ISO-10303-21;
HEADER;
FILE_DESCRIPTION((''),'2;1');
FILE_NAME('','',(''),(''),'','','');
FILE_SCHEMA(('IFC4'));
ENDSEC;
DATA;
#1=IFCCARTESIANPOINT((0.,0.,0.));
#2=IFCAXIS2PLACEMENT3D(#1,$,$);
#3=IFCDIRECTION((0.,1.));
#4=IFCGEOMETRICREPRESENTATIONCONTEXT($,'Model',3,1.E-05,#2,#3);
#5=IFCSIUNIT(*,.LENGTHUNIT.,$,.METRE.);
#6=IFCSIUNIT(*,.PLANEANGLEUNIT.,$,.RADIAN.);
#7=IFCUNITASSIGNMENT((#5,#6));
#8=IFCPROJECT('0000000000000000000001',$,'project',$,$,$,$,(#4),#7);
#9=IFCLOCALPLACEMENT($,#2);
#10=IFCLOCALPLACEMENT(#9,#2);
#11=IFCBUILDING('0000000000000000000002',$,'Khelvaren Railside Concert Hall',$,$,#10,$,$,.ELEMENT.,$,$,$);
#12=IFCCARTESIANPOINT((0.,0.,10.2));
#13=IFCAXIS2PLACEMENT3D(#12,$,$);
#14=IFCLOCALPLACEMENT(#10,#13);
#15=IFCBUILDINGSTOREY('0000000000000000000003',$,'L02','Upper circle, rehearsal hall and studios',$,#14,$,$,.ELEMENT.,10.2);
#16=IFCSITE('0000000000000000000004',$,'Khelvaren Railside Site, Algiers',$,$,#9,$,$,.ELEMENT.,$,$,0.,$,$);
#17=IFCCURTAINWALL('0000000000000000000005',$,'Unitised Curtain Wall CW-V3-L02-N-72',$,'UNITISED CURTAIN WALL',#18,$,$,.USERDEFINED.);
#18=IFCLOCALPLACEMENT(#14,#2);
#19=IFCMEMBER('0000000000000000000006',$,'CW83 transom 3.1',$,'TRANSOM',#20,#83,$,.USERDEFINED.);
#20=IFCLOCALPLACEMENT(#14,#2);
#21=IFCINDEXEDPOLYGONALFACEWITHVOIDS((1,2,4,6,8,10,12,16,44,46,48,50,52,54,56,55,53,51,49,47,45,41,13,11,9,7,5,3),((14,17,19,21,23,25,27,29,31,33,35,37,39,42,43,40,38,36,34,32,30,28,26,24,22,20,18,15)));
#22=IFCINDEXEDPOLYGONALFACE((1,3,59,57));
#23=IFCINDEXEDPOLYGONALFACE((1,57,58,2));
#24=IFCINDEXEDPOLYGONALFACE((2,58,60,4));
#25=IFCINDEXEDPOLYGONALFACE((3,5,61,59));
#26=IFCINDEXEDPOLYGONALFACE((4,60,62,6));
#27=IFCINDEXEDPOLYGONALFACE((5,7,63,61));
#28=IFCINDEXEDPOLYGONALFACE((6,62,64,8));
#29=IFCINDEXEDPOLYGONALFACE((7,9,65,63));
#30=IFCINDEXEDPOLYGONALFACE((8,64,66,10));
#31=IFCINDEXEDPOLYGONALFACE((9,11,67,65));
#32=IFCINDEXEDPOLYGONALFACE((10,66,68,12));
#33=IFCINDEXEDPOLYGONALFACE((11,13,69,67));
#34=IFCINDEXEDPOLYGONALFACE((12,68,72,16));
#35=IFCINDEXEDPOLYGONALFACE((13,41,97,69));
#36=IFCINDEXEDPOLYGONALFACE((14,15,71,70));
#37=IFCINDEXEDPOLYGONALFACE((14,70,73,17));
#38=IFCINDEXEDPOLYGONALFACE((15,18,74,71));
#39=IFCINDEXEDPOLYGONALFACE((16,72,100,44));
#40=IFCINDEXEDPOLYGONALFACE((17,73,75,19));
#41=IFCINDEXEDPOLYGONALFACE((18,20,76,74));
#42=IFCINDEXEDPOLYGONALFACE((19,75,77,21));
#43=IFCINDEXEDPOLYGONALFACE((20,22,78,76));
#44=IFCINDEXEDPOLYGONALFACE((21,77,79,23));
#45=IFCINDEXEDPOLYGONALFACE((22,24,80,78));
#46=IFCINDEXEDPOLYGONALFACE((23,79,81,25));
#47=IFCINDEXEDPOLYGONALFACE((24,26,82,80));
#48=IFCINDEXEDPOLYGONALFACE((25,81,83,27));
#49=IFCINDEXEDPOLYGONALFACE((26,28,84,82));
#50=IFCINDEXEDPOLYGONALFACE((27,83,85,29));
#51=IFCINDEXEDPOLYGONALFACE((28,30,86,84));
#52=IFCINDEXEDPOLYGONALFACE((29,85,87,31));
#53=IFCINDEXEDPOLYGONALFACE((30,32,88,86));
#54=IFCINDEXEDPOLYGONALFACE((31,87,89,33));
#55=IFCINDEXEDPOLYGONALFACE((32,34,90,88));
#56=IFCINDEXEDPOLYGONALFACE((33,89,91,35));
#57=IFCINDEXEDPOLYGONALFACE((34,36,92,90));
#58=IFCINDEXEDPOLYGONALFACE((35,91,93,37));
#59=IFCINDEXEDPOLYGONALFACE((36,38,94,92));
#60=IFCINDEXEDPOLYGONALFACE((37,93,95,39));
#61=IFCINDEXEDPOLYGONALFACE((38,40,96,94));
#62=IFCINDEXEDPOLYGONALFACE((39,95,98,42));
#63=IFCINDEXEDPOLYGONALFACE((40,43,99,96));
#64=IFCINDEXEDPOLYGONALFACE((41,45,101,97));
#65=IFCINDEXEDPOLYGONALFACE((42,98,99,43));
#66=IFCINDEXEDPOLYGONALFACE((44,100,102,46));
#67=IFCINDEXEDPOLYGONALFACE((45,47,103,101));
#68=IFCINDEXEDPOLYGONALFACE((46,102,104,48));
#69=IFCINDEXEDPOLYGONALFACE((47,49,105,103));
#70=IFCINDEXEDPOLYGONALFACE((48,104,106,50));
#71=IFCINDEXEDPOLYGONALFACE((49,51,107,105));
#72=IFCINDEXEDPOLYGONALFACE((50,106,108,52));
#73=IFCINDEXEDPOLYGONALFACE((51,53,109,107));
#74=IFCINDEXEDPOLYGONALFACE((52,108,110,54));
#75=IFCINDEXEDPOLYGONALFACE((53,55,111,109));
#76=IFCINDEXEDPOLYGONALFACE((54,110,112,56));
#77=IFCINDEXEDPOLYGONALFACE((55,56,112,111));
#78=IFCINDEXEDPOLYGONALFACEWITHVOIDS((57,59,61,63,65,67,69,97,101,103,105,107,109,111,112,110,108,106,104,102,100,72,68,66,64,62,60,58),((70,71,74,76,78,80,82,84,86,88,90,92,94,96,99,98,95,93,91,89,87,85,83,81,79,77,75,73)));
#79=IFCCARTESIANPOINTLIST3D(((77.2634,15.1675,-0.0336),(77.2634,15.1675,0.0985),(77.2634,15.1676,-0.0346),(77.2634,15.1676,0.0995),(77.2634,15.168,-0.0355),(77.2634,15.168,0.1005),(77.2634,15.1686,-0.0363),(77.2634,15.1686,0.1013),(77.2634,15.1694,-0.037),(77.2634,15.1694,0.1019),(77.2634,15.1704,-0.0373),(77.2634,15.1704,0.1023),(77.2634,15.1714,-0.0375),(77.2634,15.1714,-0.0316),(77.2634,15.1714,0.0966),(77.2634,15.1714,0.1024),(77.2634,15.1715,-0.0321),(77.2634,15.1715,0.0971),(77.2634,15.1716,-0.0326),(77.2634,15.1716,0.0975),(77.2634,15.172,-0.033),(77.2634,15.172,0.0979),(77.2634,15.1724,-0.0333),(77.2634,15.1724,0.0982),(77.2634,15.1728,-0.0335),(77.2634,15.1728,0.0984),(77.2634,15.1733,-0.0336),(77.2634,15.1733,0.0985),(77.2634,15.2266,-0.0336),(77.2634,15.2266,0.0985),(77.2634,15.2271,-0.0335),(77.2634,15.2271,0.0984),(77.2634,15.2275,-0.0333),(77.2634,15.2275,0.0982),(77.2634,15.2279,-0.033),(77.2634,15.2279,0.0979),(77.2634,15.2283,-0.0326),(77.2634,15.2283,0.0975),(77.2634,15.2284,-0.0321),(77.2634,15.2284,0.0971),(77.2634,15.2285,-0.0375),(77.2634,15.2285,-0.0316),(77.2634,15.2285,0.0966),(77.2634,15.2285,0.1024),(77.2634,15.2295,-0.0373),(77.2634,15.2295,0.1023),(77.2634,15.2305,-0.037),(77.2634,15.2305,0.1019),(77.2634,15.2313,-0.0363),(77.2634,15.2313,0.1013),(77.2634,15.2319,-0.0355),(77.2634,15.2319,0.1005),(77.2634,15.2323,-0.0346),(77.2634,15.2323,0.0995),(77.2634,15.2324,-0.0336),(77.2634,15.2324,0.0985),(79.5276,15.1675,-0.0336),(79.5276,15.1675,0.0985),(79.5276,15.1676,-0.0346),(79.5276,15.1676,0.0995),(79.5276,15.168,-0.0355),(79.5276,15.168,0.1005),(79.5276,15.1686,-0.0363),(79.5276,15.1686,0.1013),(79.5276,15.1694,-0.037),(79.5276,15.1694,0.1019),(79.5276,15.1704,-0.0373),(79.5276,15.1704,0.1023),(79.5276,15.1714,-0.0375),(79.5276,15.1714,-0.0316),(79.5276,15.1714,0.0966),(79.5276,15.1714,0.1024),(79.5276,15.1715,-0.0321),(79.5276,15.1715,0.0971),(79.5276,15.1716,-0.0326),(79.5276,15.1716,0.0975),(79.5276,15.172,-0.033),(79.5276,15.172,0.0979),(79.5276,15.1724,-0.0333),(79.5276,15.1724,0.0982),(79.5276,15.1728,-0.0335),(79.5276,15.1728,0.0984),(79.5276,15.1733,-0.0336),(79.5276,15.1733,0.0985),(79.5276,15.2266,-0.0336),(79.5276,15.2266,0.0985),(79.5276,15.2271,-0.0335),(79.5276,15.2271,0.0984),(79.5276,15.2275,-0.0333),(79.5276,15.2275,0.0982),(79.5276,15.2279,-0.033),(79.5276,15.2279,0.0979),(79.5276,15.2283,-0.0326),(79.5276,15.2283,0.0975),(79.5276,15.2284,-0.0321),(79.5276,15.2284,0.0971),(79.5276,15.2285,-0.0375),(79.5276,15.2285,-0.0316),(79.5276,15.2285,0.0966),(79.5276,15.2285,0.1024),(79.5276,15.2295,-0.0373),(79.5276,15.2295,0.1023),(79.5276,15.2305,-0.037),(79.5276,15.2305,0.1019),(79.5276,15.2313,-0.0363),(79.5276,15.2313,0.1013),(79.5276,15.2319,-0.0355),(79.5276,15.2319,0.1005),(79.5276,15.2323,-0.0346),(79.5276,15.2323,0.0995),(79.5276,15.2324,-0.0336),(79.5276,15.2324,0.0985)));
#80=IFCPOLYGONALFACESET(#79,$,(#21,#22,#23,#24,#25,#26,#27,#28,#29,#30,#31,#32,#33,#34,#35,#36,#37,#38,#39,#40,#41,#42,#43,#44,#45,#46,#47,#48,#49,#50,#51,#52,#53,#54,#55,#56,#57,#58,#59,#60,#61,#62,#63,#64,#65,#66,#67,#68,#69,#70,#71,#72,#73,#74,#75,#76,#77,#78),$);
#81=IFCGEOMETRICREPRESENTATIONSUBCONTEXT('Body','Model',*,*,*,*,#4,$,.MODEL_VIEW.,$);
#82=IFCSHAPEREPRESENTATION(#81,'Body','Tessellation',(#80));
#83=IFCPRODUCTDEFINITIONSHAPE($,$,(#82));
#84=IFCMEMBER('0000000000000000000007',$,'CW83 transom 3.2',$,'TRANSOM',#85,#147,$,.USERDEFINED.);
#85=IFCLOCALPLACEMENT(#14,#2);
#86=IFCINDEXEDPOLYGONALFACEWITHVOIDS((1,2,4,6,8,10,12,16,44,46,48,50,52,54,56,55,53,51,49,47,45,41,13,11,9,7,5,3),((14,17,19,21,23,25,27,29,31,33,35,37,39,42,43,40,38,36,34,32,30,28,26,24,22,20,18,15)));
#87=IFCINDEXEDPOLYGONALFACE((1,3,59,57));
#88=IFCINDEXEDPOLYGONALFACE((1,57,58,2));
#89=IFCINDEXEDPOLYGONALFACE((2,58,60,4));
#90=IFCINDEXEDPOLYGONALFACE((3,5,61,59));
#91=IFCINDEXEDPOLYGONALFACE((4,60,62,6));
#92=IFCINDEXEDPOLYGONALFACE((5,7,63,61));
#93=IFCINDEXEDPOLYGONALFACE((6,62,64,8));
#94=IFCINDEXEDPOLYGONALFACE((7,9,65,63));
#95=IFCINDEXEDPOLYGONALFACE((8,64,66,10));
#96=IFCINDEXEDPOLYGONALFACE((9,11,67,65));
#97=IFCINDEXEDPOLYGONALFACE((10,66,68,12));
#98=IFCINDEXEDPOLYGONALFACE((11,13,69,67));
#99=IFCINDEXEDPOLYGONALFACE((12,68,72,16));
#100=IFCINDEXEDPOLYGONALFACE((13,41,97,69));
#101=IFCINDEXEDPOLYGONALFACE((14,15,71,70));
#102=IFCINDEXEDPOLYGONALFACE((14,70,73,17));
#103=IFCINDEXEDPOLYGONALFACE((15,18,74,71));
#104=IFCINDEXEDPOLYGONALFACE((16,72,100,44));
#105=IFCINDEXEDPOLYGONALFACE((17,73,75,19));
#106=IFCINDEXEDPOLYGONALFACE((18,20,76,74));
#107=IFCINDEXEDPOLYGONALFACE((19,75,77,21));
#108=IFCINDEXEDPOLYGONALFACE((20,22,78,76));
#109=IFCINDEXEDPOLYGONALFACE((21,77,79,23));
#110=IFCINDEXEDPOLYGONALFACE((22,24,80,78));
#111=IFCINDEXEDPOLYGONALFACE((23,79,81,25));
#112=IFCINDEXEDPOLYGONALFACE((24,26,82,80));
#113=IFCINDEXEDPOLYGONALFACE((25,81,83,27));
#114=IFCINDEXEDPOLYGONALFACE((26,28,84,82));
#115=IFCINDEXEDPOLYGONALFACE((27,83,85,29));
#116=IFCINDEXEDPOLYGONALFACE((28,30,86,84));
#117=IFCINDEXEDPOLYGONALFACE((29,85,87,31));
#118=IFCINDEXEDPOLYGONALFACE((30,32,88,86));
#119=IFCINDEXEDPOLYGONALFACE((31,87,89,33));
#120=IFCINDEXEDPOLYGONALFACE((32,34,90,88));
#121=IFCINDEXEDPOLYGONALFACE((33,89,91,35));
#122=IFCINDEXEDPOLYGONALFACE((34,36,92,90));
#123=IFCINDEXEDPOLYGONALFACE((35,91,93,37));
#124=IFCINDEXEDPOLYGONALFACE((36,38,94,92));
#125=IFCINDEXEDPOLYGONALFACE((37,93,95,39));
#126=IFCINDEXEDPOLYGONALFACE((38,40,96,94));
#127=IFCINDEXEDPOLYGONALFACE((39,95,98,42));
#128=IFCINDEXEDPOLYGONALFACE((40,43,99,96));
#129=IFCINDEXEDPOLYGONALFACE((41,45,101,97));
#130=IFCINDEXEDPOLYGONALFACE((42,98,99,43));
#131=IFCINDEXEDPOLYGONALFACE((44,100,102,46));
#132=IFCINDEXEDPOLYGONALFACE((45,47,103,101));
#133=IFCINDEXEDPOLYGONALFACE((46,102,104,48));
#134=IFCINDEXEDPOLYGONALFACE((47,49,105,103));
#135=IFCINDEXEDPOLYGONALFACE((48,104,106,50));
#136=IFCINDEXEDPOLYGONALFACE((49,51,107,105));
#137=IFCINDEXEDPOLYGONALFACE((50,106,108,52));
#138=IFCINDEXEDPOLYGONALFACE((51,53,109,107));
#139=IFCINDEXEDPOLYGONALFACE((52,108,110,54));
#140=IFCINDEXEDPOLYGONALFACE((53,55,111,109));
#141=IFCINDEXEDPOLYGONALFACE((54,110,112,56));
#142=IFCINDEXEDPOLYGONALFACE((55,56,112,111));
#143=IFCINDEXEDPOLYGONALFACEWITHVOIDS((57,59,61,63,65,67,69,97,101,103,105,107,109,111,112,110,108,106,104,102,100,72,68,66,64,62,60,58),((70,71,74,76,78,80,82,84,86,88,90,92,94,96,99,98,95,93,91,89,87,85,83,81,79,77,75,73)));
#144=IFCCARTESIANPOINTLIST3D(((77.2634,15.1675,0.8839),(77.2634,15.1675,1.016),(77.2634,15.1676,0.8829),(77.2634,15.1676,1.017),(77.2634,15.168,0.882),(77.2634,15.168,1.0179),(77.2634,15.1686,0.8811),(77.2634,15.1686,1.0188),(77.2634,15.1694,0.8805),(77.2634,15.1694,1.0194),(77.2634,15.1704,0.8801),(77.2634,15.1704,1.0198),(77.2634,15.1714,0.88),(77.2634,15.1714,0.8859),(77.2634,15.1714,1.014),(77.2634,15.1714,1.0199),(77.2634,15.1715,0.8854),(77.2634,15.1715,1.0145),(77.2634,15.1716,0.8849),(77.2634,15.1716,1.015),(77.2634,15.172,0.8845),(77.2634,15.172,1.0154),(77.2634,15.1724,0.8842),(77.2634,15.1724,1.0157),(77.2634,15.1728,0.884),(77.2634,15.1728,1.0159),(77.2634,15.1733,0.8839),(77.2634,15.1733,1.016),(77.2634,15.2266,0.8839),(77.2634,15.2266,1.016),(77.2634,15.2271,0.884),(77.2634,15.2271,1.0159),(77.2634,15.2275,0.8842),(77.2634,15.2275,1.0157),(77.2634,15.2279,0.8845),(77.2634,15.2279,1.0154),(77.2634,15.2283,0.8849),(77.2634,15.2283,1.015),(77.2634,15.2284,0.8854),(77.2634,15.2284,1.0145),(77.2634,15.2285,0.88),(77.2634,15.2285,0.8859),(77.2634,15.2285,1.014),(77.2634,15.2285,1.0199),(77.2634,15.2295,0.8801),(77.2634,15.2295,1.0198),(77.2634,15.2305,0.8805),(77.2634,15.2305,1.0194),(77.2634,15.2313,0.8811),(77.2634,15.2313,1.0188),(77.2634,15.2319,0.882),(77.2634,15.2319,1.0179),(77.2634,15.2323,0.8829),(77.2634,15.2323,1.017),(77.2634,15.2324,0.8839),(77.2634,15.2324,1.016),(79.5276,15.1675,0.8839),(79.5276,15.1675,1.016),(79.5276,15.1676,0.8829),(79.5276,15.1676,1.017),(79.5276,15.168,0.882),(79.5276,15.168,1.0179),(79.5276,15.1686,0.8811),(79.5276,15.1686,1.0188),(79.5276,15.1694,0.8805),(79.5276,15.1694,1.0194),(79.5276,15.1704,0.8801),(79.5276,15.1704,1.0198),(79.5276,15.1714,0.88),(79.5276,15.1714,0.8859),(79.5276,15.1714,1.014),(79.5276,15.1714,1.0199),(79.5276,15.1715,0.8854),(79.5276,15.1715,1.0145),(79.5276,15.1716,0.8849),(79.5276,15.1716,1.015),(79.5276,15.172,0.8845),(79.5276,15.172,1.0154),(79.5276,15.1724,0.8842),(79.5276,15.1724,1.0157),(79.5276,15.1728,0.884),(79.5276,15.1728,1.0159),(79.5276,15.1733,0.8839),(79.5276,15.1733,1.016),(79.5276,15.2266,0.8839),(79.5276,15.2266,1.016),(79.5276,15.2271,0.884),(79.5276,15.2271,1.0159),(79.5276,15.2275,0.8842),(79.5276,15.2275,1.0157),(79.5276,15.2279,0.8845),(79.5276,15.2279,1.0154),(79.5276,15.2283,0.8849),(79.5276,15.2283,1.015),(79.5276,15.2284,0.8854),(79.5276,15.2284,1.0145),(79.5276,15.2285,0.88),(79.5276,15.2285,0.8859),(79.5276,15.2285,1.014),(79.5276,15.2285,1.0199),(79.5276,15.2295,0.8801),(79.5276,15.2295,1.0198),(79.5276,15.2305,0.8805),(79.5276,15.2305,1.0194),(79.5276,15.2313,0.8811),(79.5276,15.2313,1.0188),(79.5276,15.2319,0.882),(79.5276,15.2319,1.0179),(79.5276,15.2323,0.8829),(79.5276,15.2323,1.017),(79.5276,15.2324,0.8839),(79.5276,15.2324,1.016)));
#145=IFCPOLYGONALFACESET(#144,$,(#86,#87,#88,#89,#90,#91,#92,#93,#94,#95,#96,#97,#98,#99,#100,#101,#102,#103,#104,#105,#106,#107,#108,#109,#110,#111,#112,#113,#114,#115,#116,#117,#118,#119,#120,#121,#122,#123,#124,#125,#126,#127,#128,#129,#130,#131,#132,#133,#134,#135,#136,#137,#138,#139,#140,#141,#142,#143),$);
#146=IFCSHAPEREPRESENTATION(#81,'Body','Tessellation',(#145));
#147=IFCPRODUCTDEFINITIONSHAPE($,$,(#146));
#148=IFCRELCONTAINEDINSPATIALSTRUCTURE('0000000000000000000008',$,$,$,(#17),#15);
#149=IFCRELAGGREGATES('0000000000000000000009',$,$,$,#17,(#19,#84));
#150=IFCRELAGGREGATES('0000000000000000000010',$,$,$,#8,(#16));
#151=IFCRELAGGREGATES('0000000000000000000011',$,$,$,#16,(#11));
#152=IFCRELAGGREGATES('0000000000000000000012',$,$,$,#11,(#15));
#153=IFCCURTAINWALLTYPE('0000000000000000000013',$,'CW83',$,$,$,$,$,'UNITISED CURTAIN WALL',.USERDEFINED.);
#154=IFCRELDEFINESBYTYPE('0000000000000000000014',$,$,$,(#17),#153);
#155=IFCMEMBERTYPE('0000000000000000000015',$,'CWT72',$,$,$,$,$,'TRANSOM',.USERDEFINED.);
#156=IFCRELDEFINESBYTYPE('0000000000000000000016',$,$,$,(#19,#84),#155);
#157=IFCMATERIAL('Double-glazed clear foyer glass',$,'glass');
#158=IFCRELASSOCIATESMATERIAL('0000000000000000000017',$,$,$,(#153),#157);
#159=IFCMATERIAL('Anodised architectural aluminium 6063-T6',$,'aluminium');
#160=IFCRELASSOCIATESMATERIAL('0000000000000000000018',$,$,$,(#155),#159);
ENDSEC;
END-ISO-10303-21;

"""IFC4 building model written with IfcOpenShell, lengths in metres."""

from ifc_helpers import new_model, si_unit, direction, frame, origin, origin_2d, place, context, subcontext, project, spatial, hollow_rectangle, extrude, material, material_profile, profile_set, type_object, element, aggregate, save


model = new_model("IFC4")

# Units and contexts
model_context = context("Model", 3, precision=1e-05, world=origin(), true_north=direction((0.0, 1.0)))
body_context = subcontext(model_context, "Body", "Model", "MODEL_VIEW")
ifc_project = project(units=[si_unit("LENGTHUNIT", "METRE"), si_unit("PLANEANGLEUNIT", "RADIAN")], contexts=[model_context])

# Site, building, storey
site_placement = place(None, origin())
site = spatial("IfcSite", under=ifc_project, at=site_placement, Name="Khelvaren Railside Site, Algiers", CompositionType="ELEMENT", RefElevation=0.0)
building_placement = place(site_placement, origin())
building = spatial("IfcBuilding", under=site, at=building_placement, Name="Khelvaren Railside Concert Hall", CompositionType="ELEMENT")
storey_placement = place(building_placement, frame((0.0, 0.0, 10.2)))
storey = spatial("IfcBuildingStorey", under=building, at=storey_placement, Name="L02", Description="Upper circle, rehearsal hall and studios", CompositionType="ELEMENT", Elevation=10.2)

# Curtain wall, members
ifc_material_1 = material(Name="Double-glazed clear foyer glass", Category="glass")
curtain_wall_type = type_object("IfcCurtainWallType", Name="CW83", ElementType="UNITISED CURTAIN WALL", PredefinedType="USERDEFINED", material=ifc_material_1)
curtain_wall_placement = place(storey_placement, origin())
curtain_wall = element("IfcCurtainWall", 1, at=curtain_wall_placement, inside=storey, type_object=curtain_wall_type, Name="Unitised Curtain Wall CW-V3-L02-N-72", ObjectType="UNITISED CURTAIN WALL", PredefinedType="USERDEFINED")
ifc_material_2 = material(Name="Anodised architectural aluminium 6063-T6", Category="aluminium")
ifc_material_profile_1 = material_profile(ifc_material_2, hollow_rectangle(XDim=0.0649, YDim=0.1399, WallThickness=0.0039, InnerFilletRadius=0.002, OuterFilletRadius=0.0039, at=origin_2d()), Name="CWT 65x140x4")
ifc_profile_set_1 = profile_set([ifc_material_profile_1], Name="Anodised architectural aluminium 6063-T6")
member_type_1 = type_object("IfcMemberType", Name="CWT72", ElementType="TRANSOM", PredefinedType="USERDEFINED", material=ifc_profile_set_1)
member_1_placement = place(storey_placement, frame((77.2634, 15.2, 0.0325), z_axis=(1.0, 0.0, 0.0), x_axis=(0.0, 1.0, 0.0)))
member_1 = element("IfcMember", 2, at=member_1_placement, type_object=member_type_1, Name="CW83 transom 3.1", ObjectType="TRANSOM", PredefinedType="USERDEFINED", context=body_context, shape_type="SweptSolid", body=[
    extrude(hollow_rectangle(XDim=0.0649, YDim=0.1399, WallThickness=0.0039, InnerFilletRadius=0.002, OuterFilletRadius=0.0039, at=origin_2d()), origin(), (0.0, 0.0, 1.0), 2.2642),
])
member_2_placement = place(storey_placement, frame((77.2634, 15.2, 0.95), z_axis=(1.0, 0.0, 0.0), x_axis=(0.0, 1.0, 0.0)))
member_2 = element("IfcMember", 3, at=member_2_placement, type_object=member_type_1, Name="CW83 transom 3.2", ObjectType="TRANSOM", PredefinedType="USERDEFINED", context=body_context, shape_type="SweptSolid", body=[
    extrude(hollow_rectangle(XDim=0.0649, YDim=0.1399, WallThickness=0.0039, InnerFilletRadius=0.002, OuterFilletRadius=0.0039, at=origin_2d()), origin(), (0.0, 0.0, 1.0), 2.2642),
])

aggregate(curtain_wall, [member_1, member_2])

save(model, "model.ifc")
